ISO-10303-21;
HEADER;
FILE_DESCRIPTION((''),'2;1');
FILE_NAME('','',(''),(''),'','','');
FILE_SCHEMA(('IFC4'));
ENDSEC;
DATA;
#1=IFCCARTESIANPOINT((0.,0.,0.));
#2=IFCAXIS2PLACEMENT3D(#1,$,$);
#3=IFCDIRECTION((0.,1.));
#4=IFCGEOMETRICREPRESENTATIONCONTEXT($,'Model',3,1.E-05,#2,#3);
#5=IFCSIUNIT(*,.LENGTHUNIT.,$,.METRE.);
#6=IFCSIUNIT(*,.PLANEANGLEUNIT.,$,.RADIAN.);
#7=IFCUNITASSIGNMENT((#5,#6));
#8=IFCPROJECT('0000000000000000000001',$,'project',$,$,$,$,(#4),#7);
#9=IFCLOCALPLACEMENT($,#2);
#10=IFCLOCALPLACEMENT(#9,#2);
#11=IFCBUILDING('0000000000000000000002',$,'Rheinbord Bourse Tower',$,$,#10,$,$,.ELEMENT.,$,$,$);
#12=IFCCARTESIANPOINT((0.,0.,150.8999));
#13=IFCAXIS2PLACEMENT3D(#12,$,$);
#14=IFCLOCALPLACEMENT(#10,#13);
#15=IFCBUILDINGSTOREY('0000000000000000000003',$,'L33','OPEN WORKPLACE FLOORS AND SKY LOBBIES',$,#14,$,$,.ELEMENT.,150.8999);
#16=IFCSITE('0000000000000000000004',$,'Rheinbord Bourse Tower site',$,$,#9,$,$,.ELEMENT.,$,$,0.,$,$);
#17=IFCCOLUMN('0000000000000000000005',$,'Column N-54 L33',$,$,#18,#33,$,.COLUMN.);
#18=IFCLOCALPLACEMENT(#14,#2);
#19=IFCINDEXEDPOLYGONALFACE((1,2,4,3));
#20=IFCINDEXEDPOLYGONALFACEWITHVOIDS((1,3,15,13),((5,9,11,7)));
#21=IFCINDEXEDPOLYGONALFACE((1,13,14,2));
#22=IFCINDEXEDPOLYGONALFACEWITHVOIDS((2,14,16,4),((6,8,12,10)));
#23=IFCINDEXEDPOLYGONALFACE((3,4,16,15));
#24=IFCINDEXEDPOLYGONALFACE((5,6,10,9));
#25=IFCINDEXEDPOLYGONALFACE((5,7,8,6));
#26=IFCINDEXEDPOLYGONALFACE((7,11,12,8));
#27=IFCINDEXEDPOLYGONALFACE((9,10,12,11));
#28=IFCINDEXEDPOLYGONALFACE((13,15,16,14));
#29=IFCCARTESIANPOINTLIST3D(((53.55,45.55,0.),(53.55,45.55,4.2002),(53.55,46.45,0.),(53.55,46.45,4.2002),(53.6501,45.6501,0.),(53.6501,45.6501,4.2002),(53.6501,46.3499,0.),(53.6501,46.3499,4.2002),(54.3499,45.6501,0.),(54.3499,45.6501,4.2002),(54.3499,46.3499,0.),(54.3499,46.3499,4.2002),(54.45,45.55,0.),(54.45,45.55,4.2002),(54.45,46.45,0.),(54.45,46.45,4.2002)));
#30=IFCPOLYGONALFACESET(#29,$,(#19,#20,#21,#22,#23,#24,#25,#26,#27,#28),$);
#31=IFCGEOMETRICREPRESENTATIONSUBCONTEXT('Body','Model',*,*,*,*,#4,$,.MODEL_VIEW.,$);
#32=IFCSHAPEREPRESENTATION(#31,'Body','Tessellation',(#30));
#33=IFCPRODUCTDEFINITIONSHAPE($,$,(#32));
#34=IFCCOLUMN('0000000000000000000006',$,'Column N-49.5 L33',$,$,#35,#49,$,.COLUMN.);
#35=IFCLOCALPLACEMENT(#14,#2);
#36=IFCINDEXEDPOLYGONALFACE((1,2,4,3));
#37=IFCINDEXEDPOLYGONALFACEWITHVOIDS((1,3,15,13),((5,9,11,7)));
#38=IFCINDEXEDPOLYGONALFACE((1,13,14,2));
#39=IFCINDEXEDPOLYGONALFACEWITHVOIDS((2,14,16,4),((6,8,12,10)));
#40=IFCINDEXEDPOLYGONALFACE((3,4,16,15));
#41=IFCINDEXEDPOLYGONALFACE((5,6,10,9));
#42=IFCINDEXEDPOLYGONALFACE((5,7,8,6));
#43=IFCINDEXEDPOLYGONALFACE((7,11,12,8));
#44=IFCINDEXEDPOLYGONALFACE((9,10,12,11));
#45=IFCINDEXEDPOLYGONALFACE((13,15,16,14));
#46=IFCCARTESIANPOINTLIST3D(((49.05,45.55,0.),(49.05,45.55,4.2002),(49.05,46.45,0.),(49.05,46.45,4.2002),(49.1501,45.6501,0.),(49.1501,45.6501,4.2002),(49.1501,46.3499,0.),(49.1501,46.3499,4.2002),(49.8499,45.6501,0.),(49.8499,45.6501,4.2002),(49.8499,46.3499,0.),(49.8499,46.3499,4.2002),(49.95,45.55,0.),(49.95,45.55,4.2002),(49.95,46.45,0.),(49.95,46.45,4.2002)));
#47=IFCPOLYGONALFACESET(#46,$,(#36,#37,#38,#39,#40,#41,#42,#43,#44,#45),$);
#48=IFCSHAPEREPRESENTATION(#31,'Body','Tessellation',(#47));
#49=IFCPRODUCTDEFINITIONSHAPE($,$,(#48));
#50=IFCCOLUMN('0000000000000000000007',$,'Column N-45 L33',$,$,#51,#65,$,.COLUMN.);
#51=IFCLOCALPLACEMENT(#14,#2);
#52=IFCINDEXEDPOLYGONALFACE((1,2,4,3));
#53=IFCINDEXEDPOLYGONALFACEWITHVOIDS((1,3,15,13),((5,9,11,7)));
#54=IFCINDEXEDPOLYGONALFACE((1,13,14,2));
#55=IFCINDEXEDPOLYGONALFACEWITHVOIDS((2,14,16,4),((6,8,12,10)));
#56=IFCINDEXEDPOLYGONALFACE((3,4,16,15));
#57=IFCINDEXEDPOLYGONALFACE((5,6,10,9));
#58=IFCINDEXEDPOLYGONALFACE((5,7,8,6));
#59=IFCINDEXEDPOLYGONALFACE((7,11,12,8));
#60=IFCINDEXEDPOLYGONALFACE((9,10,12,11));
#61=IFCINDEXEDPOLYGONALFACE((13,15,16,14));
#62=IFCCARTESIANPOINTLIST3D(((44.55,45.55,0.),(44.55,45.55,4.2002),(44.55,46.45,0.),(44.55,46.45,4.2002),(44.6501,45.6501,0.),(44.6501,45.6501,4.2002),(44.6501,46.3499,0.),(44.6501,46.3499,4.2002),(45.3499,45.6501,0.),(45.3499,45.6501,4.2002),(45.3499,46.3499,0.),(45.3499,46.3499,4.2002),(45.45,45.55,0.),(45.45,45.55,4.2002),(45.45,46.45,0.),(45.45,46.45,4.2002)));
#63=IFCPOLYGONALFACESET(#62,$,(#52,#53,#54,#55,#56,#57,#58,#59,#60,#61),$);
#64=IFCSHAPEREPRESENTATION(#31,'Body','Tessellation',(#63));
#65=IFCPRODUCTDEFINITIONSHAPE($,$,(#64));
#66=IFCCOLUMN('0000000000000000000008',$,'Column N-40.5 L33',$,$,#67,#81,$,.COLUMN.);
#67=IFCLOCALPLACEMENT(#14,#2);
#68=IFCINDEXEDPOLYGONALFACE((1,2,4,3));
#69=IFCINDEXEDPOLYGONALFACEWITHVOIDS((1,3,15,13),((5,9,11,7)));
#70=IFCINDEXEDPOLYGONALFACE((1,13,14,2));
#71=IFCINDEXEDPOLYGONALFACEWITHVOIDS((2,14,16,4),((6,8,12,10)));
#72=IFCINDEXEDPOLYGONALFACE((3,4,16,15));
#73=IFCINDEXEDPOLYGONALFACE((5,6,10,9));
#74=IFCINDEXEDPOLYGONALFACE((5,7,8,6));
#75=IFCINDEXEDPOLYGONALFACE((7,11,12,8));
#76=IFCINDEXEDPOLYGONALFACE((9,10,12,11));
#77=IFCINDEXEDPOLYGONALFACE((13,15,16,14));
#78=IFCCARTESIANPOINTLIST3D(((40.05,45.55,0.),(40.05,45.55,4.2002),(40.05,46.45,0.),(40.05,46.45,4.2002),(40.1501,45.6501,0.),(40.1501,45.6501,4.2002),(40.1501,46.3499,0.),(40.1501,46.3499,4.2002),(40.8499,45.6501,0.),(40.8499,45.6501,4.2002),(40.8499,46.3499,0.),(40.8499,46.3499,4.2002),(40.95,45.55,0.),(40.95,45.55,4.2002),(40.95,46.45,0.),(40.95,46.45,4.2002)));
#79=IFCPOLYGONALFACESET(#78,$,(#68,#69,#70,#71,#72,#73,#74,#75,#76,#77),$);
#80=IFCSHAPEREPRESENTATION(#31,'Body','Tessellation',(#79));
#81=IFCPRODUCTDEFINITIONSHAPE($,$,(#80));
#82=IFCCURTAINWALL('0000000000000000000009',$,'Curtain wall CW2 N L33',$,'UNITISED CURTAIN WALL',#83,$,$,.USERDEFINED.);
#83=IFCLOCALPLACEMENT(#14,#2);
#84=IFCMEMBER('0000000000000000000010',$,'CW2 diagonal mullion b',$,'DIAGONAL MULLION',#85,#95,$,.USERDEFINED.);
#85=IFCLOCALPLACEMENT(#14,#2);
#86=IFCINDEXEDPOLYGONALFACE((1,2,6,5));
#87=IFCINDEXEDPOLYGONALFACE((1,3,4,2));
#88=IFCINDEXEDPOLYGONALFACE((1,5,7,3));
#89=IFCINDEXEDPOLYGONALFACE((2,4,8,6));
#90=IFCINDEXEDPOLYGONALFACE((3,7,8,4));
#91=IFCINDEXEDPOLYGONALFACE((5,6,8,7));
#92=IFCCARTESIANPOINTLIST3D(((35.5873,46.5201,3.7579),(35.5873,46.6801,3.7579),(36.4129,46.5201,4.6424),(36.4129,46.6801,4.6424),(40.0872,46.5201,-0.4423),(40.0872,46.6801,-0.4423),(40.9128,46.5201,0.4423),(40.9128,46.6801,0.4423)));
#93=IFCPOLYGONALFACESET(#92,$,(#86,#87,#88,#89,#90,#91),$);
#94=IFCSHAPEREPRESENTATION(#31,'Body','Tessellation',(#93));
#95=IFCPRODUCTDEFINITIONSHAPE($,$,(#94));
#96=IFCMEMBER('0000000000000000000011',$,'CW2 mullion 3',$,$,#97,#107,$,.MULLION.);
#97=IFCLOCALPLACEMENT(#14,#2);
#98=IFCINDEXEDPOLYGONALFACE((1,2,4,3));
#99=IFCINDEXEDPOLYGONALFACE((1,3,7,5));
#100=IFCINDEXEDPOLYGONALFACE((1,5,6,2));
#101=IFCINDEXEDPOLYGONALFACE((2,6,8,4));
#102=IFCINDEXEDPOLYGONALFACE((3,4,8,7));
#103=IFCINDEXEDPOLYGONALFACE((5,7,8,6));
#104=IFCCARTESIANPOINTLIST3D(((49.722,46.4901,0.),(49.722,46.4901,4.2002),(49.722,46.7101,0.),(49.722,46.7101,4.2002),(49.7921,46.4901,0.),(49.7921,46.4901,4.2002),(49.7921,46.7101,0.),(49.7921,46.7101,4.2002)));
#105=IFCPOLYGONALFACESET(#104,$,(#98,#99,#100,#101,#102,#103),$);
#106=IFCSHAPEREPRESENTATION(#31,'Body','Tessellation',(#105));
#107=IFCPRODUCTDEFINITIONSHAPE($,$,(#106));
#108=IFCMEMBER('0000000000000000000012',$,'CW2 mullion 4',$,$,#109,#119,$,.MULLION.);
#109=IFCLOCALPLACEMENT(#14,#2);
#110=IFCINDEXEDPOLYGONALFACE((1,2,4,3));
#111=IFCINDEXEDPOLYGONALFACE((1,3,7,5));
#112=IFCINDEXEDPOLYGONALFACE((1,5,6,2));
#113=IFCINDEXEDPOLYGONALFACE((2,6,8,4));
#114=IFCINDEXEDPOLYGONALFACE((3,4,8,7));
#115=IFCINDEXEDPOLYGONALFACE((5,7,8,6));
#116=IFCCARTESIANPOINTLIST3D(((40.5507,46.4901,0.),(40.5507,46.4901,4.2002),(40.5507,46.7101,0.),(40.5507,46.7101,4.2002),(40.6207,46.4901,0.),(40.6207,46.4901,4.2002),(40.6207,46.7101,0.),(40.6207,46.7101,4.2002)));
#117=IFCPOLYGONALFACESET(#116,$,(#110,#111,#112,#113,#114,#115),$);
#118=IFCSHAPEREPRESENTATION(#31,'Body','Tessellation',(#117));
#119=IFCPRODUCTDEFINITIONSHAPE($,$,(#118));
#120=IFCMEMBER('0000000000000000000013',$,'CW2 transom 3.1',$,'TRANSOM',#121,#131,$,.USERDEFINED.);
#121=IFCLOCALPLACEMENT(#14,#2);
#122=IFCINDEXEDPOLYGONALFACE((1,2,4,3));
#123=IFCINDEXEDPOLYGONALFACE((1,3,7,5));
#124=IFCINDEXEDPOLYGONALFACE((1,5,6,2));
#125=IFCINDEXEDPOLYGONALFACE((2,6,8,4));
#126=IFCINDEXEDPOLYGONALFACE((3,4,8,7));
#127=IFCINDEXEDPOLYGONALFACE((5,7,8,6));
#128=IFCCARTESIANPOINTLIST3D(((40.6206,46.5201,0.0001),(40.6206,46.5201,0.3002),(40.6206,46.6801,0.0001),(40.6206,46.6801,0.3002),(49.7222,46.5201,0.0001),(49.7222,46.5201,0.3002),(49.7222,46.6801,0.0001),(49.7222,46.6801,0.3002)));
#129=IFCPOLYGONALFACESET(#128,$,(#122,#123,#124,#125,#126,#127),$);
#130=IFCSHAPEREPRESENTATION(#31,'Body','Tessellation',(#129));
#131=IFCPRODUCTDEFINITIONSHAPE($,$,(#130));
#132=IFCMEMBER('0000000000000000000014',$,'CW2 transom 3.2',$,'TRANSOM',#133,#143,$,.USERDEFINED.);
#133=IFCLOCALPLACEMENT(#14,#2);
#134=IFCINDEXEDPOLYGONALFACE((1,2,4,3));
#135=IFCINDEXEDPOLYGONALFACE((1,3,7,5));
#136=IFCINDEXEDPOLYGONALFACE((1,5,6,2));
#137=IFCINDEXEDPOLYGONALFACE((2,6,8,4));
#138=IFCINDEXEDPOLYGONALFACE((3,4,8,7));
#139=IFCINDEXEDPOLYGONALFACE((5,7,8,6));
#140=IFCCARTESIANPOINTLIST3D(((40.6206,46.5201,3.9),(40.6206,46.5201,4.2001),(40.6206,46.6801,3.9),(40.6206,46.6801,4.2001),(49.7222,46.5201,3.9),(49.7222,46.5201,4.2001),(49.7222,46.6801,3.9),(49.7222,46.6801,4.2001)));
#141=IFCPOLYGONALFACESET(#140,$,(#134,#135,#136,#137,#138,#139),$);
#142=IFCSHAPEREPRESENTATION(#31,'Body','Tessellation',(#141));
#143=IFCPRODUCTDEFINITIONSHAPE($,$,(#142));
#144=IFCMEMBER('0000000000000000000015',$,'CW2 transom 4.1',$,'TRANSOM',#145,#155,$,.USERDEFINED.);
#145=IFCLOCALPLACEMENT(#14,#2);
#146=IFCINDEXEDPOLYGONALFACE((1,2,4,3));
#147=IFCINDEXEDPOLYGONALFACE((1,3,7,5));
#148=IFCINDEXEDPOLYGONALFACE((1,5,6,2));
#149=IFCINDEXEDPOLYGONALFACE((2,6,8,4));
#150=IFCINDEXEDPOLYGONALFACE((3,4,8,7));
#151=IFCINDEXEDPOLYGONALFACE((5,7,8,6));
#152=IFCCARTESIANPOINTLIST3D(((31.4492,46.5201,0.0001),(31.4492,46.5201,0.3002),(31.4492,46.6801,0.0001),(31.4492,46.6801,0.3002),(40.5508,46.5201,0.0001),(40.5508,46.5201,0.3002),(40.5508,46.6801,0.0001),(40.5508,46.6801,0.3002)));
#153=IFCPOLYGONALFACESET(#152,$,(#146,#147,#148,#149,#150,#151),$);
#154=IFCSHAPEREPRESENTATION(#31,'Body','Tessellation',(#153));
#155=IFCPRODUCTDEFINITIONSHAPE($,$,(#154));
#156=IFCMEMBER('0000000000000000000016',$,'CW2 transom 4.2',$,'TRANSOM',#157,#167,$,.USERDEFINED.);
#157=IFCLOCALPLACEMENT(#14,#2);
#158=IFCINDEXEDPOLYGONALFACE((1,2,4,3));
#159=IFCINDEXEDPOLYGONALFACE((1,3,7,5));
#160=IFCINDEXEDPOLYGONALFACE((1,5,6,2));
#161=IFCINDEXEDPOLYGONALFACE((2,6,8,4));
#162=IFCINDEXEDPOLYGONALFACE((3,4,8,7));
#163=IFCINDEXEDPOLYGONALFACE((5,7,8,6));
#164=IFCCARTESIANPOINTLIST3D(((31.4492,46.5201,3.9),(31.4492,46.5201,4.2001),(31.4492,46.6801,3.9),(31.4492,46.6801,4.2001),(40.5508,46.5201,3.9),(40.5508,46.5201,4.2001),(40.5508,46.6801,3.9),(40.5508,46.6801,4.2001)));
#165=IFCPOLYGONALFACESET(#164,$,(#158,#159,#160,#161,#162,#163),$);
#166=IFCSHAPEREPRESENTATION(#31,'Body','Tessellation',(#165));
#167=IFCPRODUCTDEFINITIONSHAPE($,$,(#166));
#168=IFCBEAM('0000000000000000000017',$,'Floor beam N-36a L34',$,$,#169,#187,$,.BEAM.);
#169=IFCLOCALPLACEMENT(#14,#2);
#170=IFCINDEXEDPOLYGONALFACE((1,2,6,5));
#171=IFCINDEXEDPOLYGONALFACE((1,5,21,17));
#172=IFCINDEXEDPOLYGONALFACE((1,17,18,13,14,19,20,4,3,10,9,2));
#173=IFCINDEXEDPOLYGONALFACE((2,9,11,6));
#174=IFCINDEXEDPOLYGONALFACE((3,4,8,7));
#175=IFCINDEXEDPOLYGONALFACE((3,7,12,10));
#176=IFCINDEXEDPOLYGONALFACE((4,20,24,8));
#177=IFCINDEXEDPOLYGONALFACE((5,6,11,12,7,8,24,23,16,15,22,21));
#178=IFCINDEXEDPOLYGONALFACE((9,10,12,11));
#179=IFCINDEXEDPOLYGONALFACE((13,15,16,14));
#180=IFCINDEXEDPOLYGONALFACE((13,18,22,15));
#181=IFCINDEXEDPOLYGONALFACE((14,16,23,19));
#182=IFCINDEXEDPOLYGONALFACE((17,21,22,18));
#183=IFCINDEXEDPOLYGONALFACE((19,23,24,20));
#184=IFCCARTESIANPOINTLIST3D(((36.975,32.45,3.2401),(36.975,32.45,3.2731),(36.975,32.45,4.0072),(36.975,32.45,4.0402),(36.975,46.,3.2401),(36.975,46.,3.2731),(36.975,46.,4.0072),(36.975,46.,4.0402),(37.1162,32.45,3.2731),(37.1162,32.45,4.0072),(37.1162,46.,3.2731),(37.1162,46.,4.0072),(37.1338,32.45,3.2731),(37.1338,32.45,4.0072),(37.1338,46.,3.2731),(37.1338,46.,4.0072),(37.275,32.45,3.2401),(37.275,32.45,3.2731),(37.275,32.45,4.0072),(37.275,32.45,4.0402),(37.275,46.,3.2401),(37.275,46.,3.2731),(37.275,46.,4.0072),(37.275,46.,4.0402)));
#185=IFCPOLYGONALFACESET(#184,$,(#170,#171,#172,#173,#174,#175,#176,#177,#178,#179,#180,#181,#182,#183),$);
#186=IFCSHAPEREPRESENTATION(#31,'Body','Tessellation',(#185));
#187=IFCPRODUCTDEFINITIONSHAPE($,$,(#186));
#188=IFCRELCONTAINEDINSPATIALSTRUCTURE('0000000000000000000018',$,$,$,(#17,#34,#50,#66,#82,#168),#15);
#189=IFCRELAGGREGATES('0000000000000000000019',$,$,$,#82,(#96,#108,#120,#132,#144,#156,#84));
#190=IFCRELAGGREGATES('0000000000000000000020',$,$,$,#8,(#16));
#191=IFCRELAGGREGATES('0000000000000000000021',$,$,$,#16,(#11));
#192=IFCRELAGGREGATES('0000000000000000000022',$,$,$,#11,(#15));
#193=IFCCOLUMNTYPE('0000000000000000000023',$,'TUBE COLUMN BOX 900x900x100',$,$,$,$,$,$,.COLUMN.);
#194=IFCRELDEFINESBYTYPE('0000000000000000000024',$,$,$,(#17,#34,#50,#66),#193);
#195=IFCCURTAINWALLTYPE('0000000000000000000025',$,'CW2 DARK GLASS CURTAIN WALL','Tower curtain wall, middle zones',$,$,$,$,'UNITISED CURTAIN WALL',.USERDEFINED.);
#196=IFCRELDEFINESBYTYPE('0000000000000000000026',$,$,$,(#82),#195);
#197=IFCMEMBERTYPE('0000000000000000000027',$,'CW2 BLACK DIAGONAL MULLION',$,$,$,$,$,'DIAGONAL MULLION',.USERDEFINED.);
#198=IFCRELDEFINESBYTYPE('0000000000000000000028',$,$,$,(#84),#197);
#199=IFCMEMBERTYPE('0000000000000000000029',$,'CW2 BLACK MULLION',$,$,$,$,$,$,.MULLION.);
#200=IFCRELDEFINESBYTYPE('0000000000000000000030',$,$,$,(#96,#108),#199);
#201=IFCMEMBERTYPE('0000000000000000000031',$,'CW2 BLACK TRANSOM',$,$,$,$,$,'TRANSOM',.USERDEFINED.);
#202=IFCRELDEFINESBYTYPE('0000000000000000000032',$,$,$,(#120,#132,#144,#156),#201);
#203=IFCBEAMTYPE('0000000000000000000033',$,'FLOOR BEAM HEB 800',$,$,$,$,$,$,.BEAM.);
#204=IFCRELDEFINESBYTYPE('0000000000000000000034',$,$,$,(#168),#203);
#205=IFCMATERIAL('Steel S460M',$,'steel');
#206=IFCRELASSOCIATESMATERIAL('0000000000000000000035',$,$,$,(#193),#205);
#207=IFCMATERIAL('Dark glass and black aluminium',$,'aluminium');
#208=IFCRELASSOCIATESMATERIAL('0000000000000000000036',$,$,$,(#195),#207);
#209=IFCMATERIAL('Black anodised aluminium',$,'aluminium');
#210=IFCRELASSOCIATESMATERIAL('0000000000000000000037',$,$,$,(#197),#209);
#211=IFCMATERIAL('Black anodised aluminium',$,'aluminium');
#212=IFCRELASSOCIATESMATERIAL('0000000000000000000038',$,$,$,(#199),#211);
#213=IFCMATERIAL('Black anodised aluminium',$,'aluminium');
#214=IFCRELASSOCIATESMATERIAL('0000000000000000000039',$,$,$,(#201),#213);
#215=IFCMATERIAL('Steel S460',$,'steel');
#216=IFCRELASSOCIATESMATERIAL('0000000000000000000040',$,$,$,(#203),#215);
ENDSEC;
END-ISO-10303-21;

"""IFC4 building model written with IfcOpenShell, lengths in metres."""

from ifc_helpers import new_model, si_unit, direction, frame, origin, origin_2d, place, context, subcontext, project, spatial, rectangle, hollow_rectangle, i_section, extrude, material, material_profile, profile_set, type_object, element, aggregate, save


model = new_model("IFC4")

# Units and contexts
model_context = context("Model", 3, precision=1e-05, world=origin(), true_north=direction((0.0, 1.0)))
body_context = subcontext(model_context, "Body", "Model", "MODEL_VIEW")
ifc_project = project(units=[si_unit("LENGTHUNIT", "METRE"), si_unit("PLANEANGLEUNIT", "RADIAN")], contexts=[model_context])

# Site, building, storey
site_placement = place(None, origin())
site = spatial("IfcSite", under=ifc_project, at=site_placement, Name="Rheinbord Bourse Tower site", CompositionType="ELEMENT", RefElevation=0.0)
building_placement = place(site_placement, origin())
building = spatial("IfcBuilding", under=site, at=building_placement, Name="Rheinbord Bourse Tower", CompositionType="ELEMENT")
storey_placement = place(building_placement, frame((0.0, 0.0, 150.8999)))
storey = spatial("IfcBuildingStorey", under=building, at=storey_placement, Name="L33", Description="OPEN WORKPLACE FLOORS AND SKY LOBBIES", CompositionType="ELEMENT", Elevation=150.8999)

# Columns
ifc_material_1 = material(Name="Steel S460M", Category="steel")
ifc_material_profile_1 = material_profile(ifc_material_1, hollow_rectangle(XDim=0.8999, YDim=0.8999, WallThickness=0.1001, at=origin_2d()), Name="BOX 900x900x100")
ifc_profile_set_1 = profile_set([ifc_material_profile_1], Name="Steel S460M")
column_type = type_object("IfcColumnType", Name="TUBE COLUMN BOX 900x900x100", PredefinedType="COLUMN", material=ifc_profile_set_1)
for number, where, z_axis, x_axis, name in (
    (1, (54.0, 46.0, 0.0), (0.0, 0.0, 1.0), (0.0, 1.0, 0.0), "Column N-54 L33"),
    (2, (49.5, 46.0, 0.0), (0.0, 0.0, 1.0), (0.0, 1.0, 0.0), "Column N-49.5 L33"),
    (3, (45.0, 46.0, 0.0), (0.0, 0.0, 1.0), (0.0, 1.0, 0.0), "Column N-45 L33"),
    (4, (40.5, 46.0, 0.0), (0.0, 0.0, 1.0), (0.0, 1.0, 0.0), "Column N-40.5 L33"),
):
    element("IfcColumn", number, at=place(storey_placement, frame(where, z_axis=z_axis, x_axis=x_axis)), inside=storey, type_object=column_type, Name=name, PredefinedType="COLUMN", context=body_context, shape_type="SweptSolid", body=[
        extrude(hollow_rectangle(XDim=0.8999, YDim=0.8999, WallThickness=0.1001, at=origin_2d()), origin(), (0.0, 0.0, 1.0), 4.2002),
    ])

# Curtain wall, members
ifc_material_2 = material(Name="Dark glass and black aluminium", Category="aluminium")
curtain_wall_type = type_object("IfcCurtainWallType", Name="CW2 DARK GLASS CURTAIN WALL", Description="Tower curtain wall, middle zones", ElementType="UNITISED CURTAIN WALL", PredefinedType="USERDEFINED", material=ifc_material_2)
curtain_wall_placement = place(storey_placement, origin())
curtain_wall = element("IfcCurtainWall", 5, at=curtain_wall_placement, inside=storey, type_object=curtain_wall_type, Name="Curtain wall CW2 N L33", ObjectType="UNITISED CURTAIN WALL", PredefinedType="USERDEFINED")
ifc_material_3 = material(Name="Black anodised aluminium", Category="aluminium")
ifc_material_profile_2 = material_profile(ifc_material_3, rectangle(XDim=0.1599, YDim=1.21, at=origin_2d()), Name="CW2 DIAGONAL MULLION 1210x160")
ifc_profile_set_2 = profile_set([ifc_material_profile_2], Name="Black anodised aluminium")
member_type_1 = type_object("IfcMemberType", Name="CW2 BLACK DIAGONAL MULLION", ElementType="DIAGONAL MULLION", PredefinedType="USERDEFINED", material=ifc_profile_set_2)
member_1_placement = place(storey_placement, frame((40.5, 46.6001, 0.0), z_axis=(-0.731039, 0.0, 0.682335), x_axis=(0.0, -1.0, 0.0)))
member_1 = element("IfcMember", 6, at=member_1_placement, type_object=member_type_1, Name="CW2 diagonal mullion b", ObjectType="DIAGONAL MULLION", PredefinedType="USERDEFINED", context=body_context, shape_type="SweptSolid", body=[
    extrude(rectangle(XDim=0.1599, YDim=1.21, at=origin_2d()), origin(), (0.0, 0.0, 1.0), 6.1555),
])
ifc_material_4 = material(Name="Black anodised aluminium", Category="aluminium")
ifc_material_profile_3 = material_profile(ifc_material_4, rectangle(XDim=0.22, YDim=0.0701, at=origin_2d()), Name="CW2 MULLION 70x220")
ifc_profile_set_3 = profile_set([ifc_material_profile_3], Name="Black anodised aluminium")
member_type_2 = type_object("IfcMemberType", Name="CW2 BLACK MULLION", PredefinedType="MULLION", material=ifc_profile_set_3)
member_2_placement = place(storey_placement, frame((49.7571, 46.6001, 0.0), z_axis=(0.0, 0.0, 1.0), x_axis=(0.0, -1.0, 0.0)))
member_2 = element("IfcMember", 7, at=member_2_placement, type_object=member_type_2, Name="CW2 mullion 3", PredefinedType="MULLION", context=body_context, shape_type="SweptSolid", body=[
    extrude(rectangle(XDim=0.22, YDim=0.0701, at=origin_2d()), origin(), (0.0, 0.0, 1.0), 4.2002),
])
member_3_placement = place(storey_placement, frame((40.5857, 46.6001, 0.0), z_axis=(0.0, 0.0, 1.0), x_axis=(0.0, -1.0, 0.0)))
member_3 = element("IfcMember", 8, at=member_3_placement, type_object=member_type_2, Name="CW2 mullion 4", PredefinedType="MULLION", context=body_context, shape_type="SweptSolid", body=[
    extrude(rectangle(XDim=0.22, YDim=0.0701, at=origin_2d()), origin(), (0.0, 0.0, 1.0), 4.2002),
])
ifc_material_5 = material(Name="Black anodised aluminium", Category="aluminium")
ifc_material_profile_4 = material_profile(ifc_material_5, rectangle(XDim=0.1599, YDim=0.3, at=origin_2d()), Name="CW2 TRANSOM 300x160")
ifc_profile_set_4 = profile_set([ifc_material_profile_4], Name="Black anodised aluminium")
member_type_3 = type_object("IfcMemberType", Name="CW2 BLACK TRANSOM", ElementType="TRANSOM", PredefinedType="USERDEFINED", material=ifc_profile_set_4)
member_4_placement = place(storey_placement, frame((49.7222, 46.6001, 0.1501), z_axis=(-1.0, 0.0, 0.0), x_axis=(0.0, -1.0, 0.0)))
member_4 = element("IfcMember", 9, at=member_4_placement, type_object=member_type_3, Name="CW2 transom 3.1", ObjectType="TRANSOM", PredefinedType="USERDEFINED", context=body_context, shape_type="SweptSolid", body=[
    extrude(rectangle(XDim=0.1599, YDim=0.3, at=origin_2d()), origin(), (0.0, 0.0, 1.0), 9.1016),
])
member_5_placement = place(storey_placement, frame((49.7222, 46.6001, 4.05), z_axis=(-1.0, 0.0, 0.0), x_axis=(0.0, -1.0, 0.0)))
member_5 = element("IfcMember", 10, at=member_5_placement, type_object=member_type_3, Name="CW2 transom 3.2", ObjectType="TRANSOM", PredefinedType="USERDEFINED", context=body_context, shape_type="SweptSolid", body=[
    extrude(rectangle(XDim=0.1599, YDim=0.3, at=origin_2d()), origin(), (0.0, 0.0, 1.0), 9.1016),
])
member_6_placement = place(storey_placement, frame((40.5508, 46.6001, 0.1501), z_axis=(-1.0, 0.0, 0.0), x_axis=(0.0, -1.0, 0.0)))
member_6 = element("IfcMember", 11, at=member_6_placement, type_object=member_type_3, Name="CW2 transom 4.1", ObjectType="TRANSOM", PredefinedType="USERDEFINED", context=body_context, shape_type="SweptSolid", body=[
    extrude(rectangle(XDim=0.1599, YDim=0.3, at=origin_2d()), origin(), (0.0, 0.0, 1.0), 9.1016),
])
member_7_placement = place(storey_placement, frame((40.5508, 46.6001, 4.05), z_axis=(-1.0, 0.0, 0.0), x_axis=(0.0, -1.0, 0.0)))
member_7 = element("IfcMember", 12, at=member_7_placement, type_object=member_type_3, Name="CW2 transom 4.2", ObjectType="TRANSOM", PredefinedType="USERDEFINED", context=body_context, shape_type="SweptSolid", body=[
    extrude(rectangle(XDim=0.1599, YDim=0.3, at=origin_2d()), origin(), (0.0, 0.0, 1.0), 9.1016),
])

# Beam
ifc_material_6 = material(Name="Steel S460", Category="steel")
ifc_material_profile_5 = material_profile(ifc_material_6, i_section(OverallWidth=0.3, OverallDepth=0.8, WebThickness=0.0176, FlangeThickness=0.033, at=origin_2d()), Name="HEB 800")
ifc_profile_set_5 = profile_set([ifc_material_profile_5], Name="Steel S460")
beam_type_1 = type_object("IfcBeamType", Name="FLOOR BEAM HEB 800", PredefinedType="BEAM", material=ifc_profile_set_5)
for number, where, z_axis, x_axis, name in (
    (13, (37.125, 46.0, 3.6401), (0.0, -1.0, 0.0), (1.0, 0.0, 0.0), "Floor beam N-36a L34"),
):
    element("IfcBeam", number, at=place(storey_placement, frame(where, z_axis=z_axis, x_axis=x_axis)), inside=storey, type_object=beam_type_1, Name=name, PredefinedType="BEAM", context=body_context, shape_type="SweptSolid", body=[
        extrude(i_section(OverallWidth=0.3, OverallDepth=0.8, WebThickness=0.0176, FlangeThickness=0.033, at=origin_2d()), origin(), (0.0, 0.0, 1.0), 13.55),
    ])

aggregate(curtain_wall, [member_2, member_3, member_4, member_5, member_6, member_7, member_1])

save(model, "model.ifc")
